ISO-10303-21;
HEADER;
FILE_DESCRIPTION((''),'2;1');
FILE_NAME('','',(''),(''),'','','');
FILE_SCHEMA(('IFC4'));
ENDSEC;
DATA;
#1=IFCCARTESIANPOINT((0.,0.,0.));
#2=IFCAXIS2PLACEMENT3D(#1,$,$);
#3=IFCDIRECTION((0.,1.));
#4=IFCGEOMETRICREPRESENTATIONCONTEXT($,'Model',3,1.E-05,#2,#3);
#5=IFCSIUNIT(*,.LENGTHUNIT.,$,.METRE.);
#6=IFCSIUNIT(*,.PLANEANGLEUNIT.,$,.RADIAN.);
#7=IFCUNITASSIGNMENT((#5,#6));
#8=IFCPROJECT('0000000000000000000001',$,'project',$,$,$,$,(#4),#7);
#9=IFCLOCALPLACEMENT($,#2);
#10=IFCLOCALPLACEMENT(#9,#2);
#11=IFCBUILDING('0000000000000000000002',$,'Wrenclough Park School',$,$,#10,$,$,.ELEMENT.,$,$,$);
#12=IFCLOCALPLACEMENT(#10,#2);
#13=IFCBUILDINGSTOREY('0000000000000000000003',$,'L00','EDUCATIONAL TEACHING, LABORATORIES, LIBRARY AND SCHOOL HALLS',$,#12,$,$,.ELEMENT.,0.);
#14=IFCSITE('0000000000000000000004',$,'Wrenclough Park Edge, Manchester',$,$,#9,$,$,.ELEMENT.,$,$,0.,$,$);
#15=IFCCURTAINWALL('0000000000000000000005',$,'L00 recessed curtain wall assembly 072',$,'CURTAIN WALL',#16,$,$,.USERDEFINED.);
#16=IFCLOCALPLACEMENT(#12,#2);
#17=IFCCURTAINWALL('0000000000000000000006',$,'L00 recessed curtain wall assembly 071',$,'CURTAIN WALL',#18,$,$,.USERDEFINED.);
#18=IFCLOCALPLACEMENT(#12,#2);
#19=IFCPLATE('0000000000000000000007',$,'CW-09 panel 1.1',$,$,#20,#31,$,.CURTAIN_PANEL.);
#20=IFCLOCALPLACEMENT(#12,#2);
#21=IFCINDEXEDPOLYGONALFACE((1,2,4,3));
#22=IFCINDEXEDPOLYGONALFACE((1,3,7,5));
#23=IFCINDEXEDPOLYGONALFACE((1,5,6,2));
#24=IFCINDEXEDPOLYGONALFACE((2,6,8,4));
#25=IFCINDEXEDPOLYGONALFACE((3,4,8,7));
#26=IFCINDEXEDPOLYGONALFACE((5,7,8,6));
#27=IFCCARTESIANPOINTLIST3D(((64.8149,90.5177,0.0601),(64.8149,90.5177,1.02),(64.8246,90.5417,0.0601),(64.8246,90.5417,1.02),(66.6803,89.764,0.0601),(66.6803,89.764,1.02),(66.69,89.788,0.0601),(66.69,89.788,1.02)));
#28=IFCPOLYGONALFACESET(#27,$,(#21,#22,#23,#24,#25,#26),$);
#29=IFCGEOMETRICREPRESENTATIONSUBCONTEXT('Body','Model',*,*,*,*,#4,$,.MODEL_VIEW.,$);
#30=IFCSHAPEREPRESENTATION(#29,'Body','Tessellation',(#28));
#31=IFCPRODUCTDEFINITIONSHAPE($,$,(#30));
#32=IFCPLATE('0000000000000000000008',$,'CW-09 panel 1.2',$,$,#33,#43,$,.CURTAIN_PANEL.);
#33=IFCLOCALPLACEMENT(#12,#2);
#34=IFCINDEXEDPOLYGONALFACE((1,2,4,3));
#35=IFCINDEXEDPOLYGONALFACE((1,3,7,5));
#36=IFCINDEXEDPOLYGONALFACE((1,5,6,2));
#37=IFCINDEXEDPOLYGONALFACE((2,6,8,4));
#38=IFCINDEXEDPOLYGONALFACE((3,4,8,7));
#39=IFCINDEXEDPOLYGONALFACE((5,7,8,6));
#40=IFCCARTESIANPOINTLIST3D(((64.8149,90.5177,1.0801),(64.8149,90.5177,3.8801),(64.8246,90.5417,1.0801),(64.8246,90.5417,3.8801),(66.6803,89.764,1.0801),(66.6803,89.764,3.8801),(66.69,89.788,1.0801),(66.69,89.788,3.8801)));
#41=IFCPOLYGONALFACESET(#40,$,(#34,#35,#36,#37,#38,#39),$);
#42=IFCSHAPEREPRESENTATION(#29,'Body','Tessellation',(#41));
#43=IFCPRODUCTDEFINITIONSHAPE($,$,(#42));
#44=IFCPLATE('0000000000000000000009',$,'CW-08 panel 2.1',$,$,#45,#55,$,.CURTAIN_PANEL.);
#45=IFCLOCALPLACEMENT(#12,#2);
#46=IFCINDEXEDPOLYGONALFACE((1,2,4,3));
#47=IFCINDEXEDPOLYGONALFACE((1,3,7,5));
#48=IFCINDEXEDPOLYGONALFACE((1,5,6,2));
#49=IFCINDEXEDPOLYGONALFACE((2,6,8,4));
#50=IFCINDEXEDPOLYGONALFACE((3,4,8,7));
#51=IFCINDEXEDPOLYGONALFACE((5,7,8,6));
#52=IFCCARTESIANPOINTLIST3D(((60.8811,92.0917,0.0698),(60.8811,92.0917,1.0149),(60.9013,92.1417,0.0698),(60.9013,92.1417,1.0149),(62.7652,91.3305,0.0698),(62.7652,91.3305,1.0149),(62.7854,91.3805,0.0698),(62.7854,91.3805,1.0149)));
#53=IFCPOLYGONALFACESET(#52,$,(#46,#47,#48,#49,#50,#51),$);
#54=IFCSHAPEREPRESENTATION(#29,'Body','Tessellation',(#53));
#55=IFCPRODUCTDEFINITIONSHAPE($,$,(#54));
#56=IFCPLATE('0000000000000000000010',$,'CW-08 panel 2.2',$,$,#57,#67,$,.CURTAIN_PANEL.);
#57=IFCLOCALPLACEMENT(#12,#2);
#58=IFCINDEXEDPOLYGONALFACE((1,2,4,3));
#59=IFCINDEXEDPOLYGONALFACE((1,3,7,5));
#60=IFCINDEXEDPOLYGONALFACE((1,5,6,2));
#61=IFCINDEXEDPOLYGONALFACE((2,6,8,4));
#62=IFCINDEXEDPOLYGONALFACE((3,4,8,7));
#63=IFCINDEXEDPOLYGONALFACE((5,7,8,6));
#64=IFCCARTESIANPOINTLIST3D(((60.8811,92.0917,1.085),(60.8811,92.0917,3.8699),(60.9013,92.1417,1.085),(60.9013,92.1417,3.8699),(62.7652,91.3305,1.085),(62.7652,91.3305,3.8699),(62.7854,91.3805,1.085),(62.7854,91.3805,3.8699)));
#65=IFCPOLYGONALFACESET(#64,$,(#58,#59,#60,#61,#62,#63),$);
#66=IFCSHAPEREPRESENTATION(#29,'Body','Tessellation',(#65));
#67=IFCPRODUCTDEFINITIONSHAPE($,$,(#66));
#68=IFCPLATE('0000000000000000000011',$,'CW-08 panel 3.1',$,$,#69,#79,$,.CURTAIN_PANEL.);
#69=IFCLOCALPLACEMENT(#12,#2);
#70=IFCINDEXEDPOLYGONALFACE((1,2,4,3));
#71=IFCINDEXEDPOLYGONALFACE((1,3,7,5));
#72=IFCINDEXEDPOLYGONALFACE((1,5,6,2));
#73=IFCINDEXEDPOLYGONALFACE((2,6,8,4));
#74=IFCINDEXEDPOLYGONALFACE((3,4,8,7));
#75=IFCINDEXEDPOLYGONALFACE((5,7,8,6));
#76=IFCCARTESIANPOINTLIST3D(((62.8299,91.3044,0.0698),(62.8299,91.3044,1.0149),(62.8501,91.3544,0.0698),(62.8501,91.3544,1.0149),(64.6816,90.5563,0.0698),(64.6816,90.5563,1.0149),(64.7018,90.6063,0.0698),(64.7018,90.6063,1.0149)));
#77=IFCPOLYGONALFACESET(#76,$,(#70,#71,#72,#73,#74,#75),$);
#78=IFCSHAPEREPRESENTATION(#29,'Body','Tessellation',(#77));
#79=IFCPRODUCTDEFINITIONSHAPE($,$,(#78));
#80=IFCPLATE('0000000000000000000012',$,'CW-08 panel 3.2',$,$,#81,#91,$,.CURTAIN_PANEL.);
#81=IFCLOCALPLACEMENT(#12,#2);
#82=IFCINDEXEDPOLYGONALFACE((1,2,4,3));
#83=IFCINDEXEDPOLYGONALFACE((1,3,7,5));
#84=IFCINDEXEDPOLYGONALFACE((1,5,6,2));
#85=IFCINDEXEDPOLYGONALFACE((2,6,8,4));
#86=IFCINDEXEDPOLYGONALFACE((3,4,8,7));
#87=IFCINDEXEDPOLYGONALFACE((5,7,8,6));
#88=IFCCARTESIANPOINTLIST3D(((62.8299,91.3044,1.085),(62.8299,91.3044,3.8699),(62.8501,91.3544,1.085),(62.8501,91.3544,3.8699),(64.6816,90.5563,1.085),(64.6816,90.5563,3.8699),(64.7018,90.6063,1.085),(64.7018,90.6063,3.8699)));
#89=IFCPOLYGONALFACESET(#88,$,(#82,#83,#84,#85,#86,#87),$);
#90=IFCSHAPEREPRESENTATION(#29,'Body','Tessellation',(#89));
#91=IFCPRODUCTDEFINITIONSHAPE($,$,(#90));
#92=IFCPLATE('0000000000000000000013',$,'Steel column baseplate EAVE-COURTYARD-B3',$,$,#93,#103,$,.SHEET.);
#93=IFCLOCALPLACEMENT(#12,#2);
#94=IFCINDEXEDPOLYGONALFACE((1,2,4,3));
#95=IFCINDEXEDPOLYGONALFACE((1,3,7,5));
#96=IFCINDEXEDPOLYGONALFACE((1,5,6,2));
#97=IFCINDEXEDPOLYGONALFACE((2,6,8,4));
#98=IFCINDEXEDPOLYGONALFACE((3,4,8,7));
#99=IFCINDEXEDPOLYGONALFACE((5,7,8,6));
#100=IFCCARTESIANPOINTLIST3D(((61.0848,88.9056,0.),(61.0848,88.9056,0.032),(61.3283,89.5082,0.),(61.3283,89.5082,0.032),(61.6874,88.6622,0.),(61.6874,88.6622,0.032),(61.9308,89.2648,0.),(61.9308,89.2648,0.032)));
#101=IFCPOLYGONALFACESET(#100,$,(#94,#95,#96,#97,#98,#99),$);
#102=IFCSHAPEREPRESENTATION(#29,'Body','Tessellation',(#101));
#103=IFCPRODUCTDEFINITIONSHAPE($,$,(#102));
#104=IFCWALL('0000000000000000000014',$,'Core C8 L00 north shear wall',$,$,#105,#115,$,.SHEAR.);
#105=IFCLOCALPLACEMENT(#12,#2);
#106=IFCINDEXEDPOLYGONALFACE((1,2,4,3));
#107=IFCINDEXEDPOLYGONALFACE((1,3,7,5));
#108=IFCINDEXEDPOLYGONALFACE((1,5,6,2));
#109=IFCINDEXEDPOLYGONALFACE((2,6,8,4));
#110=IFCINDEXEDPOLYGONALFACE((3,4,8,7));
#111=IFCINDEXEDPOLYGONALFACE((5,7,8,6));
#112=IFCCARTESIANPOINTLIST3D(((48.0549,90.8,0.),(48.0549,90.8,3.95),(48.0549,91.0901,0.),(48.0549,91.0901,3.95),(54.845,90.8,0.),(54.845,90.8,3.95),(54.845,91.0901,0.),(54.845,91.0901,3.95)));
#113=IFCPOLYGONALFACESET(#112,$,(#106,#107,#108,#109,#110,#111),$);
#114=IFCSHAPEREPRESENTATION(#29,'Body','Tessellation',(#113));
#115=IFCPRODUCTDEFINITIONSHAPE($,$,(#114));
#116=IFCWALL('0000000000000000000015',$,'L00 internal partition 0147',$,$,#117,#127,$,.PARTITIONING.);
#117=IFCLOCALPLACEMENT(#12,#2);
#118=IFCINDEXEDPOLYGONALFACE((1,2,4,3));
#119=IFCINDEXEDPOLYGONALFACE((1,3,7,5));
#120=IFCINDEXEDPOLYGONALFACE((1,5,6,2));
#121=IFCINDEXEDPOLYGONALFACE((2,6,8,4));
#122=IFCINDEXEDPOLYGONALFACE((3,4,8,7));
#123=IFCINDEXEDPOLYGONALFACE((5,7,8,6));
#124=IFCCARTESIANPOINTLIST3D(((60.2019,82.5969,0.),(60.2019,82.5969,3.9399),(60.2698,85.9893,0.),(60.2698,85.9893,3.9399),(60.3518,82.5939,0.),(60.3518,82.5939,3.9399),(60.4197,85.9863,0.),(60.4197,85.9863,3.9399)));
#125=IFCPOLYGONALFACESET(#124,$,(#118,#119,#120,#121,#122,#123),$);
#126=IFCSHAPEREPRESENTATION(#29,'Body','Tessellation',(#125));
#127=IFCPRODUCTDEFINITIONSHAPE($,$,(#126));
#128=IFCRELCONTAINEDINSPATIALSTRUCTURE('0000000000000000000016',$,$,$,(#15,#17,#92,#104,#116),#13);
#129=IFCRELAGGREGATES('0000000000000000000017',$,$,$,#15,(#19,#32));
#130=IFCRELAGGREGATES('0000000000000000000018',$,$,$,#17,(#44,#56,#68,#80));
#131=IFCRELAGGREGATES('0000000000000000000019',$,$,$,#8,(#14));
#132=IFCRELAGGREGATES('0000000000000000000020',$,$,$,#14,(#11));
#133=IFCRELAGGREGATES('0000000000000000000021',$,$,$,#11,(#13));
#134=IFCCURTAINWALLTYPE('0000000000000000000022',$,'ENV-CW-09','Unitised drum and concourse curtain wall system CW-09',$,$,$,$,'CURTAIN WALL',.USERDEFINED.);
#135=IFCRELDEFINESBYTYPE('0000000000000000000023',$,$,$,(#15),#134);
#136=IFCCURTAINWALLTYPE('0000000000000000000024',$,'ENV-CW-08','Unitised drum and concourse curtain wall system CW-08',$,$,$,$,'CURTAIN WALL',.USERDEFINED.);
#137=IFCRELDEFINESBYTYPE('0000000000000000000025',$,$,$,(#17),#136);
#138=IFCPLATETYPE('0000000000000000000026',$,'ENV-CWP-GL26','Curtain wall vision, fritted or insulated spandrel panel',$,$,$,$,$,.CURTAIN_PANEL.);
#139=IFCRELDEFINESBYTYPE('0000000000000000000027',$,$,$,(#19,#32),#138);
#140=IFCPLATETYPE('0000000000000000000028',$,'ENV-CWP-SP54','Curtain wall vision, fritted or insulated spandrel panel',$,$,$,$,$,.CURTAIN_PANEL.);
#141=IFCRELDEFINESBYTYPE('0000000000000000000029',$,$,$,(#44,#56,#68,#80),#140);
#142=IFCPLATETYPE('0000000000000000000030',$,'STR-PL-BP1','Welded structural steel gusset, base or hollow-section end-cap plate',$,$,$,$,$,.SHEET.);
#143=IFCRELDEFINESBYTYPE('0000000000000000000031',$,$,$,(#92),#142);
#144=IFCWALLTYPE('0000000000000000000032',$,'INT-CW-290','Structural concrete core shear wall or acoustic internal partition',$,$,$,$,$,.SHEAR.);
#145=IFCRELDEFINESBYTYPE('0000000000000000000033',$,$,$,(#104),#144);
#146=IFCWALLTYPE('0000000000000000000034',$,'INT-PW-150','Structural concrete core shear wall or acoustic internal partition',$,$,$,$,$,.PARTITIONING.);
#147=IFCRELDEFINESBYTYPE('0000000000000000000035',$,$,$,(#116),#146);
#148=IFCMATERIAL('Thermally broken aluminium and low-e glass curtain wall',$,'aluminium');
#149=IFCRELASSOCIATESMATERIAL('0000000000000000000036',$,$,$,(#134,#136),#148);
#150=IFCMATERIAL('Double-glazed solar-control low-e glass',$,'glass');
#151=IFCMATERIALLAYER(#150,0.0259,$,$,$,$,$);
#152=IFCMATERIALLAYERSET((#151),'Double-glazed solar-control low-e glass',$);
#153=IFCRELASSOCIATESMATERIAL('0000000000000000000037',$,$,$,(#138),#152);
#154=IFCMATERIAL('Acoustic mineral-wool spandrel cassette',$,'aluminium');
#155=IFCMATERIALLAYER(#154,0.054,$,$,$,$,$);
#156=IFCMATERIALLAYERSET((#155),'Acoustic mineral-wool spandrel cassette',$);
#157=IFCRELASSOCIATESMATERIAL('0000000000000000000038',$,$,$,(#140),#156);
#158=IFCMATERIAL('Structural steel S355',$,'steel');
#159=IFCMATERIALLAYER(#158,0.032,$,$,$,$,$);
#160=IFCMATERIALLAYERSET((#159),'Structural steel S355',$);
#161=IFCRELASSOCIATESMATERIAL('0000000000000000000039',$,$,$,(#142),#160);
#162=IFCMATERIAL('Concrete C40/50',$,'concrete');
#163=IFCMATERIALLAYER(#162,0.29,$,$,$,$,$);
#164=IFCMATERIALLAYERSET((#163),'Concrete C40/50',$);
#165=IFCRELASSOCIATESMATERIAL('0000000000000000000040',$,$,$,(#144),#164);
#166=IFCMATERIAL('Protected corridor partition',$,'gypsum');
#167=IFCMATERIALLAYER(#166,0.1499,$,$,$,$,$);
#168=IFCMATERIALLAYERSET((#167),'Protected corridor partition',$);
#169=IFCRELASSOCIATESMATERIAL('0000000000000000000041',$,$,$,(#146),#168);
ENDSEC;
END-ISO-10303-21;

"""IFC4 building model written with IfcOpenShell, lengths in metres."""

from ifc_helpers import new_model, si_unit, direction, frame, frame_2d, origin, origin_2d, place, context, subcontext, project, spatial, rectangle, extrude, material, layer, layer_set, type_object, element, aggregate, save


model = new_model("IFC4")

# Units and contexts
model_context = context("Model", 3, precision=1e-05, world=origin(), true_north=direction((0.0, 1.0)))
body_context = subcontext(model_context, "Body", "Model", "MODEL_VIEW")
ifc_project = project(units=[si_unit("LENGTHUNIT", "METRE"), si_unit("PLANEANGLEUNIT", "RADIAN")], contexts=[model_context])

# Site, building, storey
site_placement = place(None, origin())
site = spatial("IfcSite", under=ifc_project, at=site_placement, Name="Wrenclough Park Edge, Manchester", CompositionType="ELEMENT", RefElevation=0.0)
building_placement = place(site_placement, origin())
building = spatial("IfcBuilding", under=site, at=building_placement, Name="Wrenclough Park School", CompositionType="ELEMENT")
storey_placement = place(building_placement, origin())
storey = spatial("IfcBuildingStorey", under=building, at=storey_placement, Name="L00", Description="EDUCATIONAL TEACHING, LABORATORIES, LIBRARY AND SCHOOL HALLS", CompositionType="ELEMENT", Elevation=0.0)

# Shared definitions
ifc_material_1 = material(Name="Structural steel S355", Category="steel")

# Curtain wall
ifc_material_2 = material(Name="Thermally broken aluminium and low-e glass curtain wall", Category="aluminium")
curtain_wall_type_1 = type_object("IfcCurtainWallType", Name="ENV-CW-09", Description="Unitised drum and concourse curtain wall system CW-09", ElementType="CURTAIN WALL", PredefinedType="USERDEFINED", material=ifc_material_2)
curtain_wall_1_placement = place(storey_placement, origin())
curtain_wall_1 = element("IfcCurtainWall", 1, at=curtain_wall_1_placement, inside=storey, type_object=curtain_wall_type_1, Name="L00 recessed curtain wall assembly 072", ObjectType="CURTAIN WALL", PredefinedType="USERDEFINED")

# Curtain wall
curtain_wall_type_2 = type_object("IfcCurtainWallType", Name="ENV-CW-08", Description="Unitised drum and concourse curtain wall system CW-08", ElementType="CURTAIN WALL", PredefinedType="USERDEFINED", material=ifc_material_2)
curtain_wall_2_placement = place(storey_placement, origin())
curtain_wall_2 = element("IfcCurtainWall", 2, at=curtain_wall_2_placement, inside=storey, type_object=curtain_wall_type_2, Name="L00 recessed curtain wall assembly 071", ObjectType="CURTAIN WALL", PredefinedType="USERDEFINED")

# Plates
ifc_material_3 = material(Name="Double-glazed solar-control low-e glass", Category="glass")
ifc_layer_1 = layer(ifc_material_3, 0.0259)
ifc_layer_set_1 = layer_set([ifc_layer_1], Name="Double-glazed solar-control low-e glass")
plate_type_1 = type_object("IfcPlateType", Name="ENV-CWP-GL26", Description="Curtain wall vision, fritted or insulated spandrel panel", PredefinedType="CURTAIN_PANEL", material=ifc_layer_set_1)
plate_1_placement = place(storey_placement, frame((65.7524, 90.1528, 0.0601), z_axis=(0.0, 0.0, 1.0), x_axis=(0.927184, -0.374606, 0.0)))
plate_1 = element("IfcPlate", 3, at=plate_1_placement, type_object=plate_type_1, Name="CW-09 panel 1.1", PredefinedType="CURTAIN_PANEL", context=body_context, shape_type="SweptSolid", body=[
    extrude(rectangle(XDim=2.012, YDim=0.0259, at=origin_2d()), origin(), (0.0, 0.0, 1.0), 0.96),
])
plate_2_placement = place(storey_placement, frame((65.7524, 90.1528, 1.0801), z_axis=(0.0, 0.0, 1.0), x_axis=(0.927184, -0.374606, 0.0)))
plate_2 = element("IfcPlate", 4, at=plate_2_placement, type_object=plate_type_1, Name="CW-09 panel 1.2", PredefinedType="CURTAIN_PANEL", context=body_context, shape_type="SweptSolid", body=[
    extrude(rectangle(XDim=2.012, YDim=0.0259, at=origin_2d()), origin(), (0.0, 0.0, 1.0), 2.8),
])
aggregate(curtain_wall_1, [plate_1, plate_2])
ifc_material_4 = material(Name="Acoustic mineral-wool spandrel cassette", Category="aluminium")
ifc_layer_2 = layer(ifc_material_4, 0.054)
ifc_layer_set_2 = layer_set([ifc_layer_2], Name="Acoustic mineral-wool spandrel cassette")
plate_type_2 = type_object("IfcPlateType", Name="ENV-CWP-SP54", Description="Curtain wall vision, fritted or insulated spandrel panel", PredefinedType="CURTAIN_PANEL", material=ifc_layer_set_2)
plate_3_placement = place(storey_placement, frame((61.8333, 91.7361, 0.0698), z_axis=(0.0, 0.0, 1.0), x_axis=(0.927189, -0.374593, 0.0)))
plate_3 = element("IfcPlate", 5, at=plate_3_placement, type_object=plate_type_2, Name="CW-08 panel 2.1", PredefinedType="CURTAIN_PANEL", context=body_context, shape_type="SweptSolid", body=[
    extrude(rectangle(XDim=2.032, YDim=0.054, at=origin_2d()), origin(), (0.0, 0.0, 1.0), 0.9451),
])
plate_4_placement = place(storey_placement, frame((61.8333, 91.7361, 1.085), z_axis=(0.0, 0.0, 1.0), x_axis=(0.927189, -0.374593, 0.0)))
plate_4 = element("IfcPlate", 6, at=plate_4_placement, type_object=plate_type_2, Name="CW-08 panel 2.2", PredefinedType="CURTAIN_PANEL", context=body_context, shape_type="SweptSolid", body=[
    extrude(rectangle(XDim=2.032, YDim=0.054, at=origin_2d()), origin(), (0.0, 0.0, 1.0), 2.7849),
])
plate_5_placement = place(storey_placement, frame((63.7659, 90.9553, 0.0698), z_axis=(0.0, 0.0, 1.0), x_axis=(0.927189, -0.374593, 0.0)))
plate_5 = element("IfcPlate", 7, at=plate_5_placement, type_object=plate_type_2, Name="CW-08 panel 3.1", PredefinedType="CURTAIN_PANEL", context=body_context, shape_type="SweptSolid", body=[
    extrude(rectangle(XDim=1.9971, YDim=0.054, at=origin_2d()), origin(), (0.0, 0.0, 1.0), 0.9451),
])
plate_6_placement = place(storey_placement, frame((63.7659, 90.9553, 1.085), z_axis=(0.0, 0.0, 1.0), x_axis=(0.927189, -0.374593, 0.0)))
plate_6 = element("IfcPlate", 8, at=plate_6_placement, type_object=plate_type_2, Name="CW-08 panel 3.2", PredefinedType="CURTAIN_PANEL", context=body_context, shape_type="SweptSolid", body=[
    extrude(rectangle(XDim=1.9971, YDim=0.054, at=origin_2d()), origin(), (0.0, 0.0, 1.0), 2.7849),
])
aggregate(curtain_wall_2, [plate_3, plate_4, plate_5, plate_6])
ifc_layer_3 = layer(ifc_material_1, 0.032)
ifc_layer_set_3 = layer_set([ifc_layer_3], Name="Structural steel S355")
plate_type_3 = type_object("IfcPlateType", Name="STR-PL-BP1", Description="Welded structural steel gusset, base or hollow-section end-cap plate", PredefinedType="SHEET", material=ifc_layer_set_3)
plate_7_placement = place(storey_placement, frame((61.5078, 89.0852, 0.0), z_axis=(0.0, 0.0, 1.0), x_axis=(0.927184, -0.374607, 0.0)))
element("IfcPlate", 9, at=plate_7_placement, inside=storey, type_object=plate_type_3, Name="Steel column baseplate EAVE-COURTYARD-B3", PredefinedType="SHEET", context=body_context, shape_type="SweptSolid", body=[
    extrude(rectangle(XDim=0.6499, YDim=0.6499, at=origin_2d()), origin(), (0.0, 0.0, 1.0), 0.032),
])

# Walls
ifc_material_5 = material(Name="Concrete C40/50", Category="concrete")
ifc_layer_4 = layer(ifc_material_5, 0.29)
ifc_layer_set_4 = layer_set([ifc_layer_4], Name="Concrete C40/50")
wall_type_1 = type_object("IfcWallType", Name="INT-CW-290", Description="Structural concrete core shear wall or acoustic internal partition", PredefinedType="SHEAR", material=ifc_layer_set_4)
wall_1_placement = place(storey_placement, frame((54.845, 90.9451, 0.0), z_axis=(0.0, 0.0, 1.0), x_axis=(-1.0, 0.0, 0.0)))
element("IfcWall", 10, at=wall_1_placement, inside=storey, type_object=wall_type_1, Name="Core C8 L00 north shear wall", PredefinedType="SHEAR", context=body_context, shape_type="SweptSolid", body=[
    extrude(rectangle(XDim=6.79, YDim=0.29, at=frame_2d((3.395, 0.0))), origin(), (0.0, 0.0, 1.0), 3.95),
])
ifc_material_6 = material(Name="Protected corridor partition", Category="gypsum")
ifc_layer_5 = layer(ifc_material_6, 0.1499)
ifc_layer_set_5 = layer_set([ifc_layer_5], Name="Protected corridor partition")
wall_type_2 = type_object("IfcWallType", Name="INT-PW-150", Description="Structural concrete core shear wall or acoustic internal partition", PredefinedType="PARTITIONING", material=ifc_layer_set_5)
wall_2_placement = place(storey_placement, frame((60.3447, 85.9878, 0.0), z_axis=(0.0, 0.0, 1.0), x_axis=(-0.020003, -0.9998, 0.0)))
element("IfcWall", 11, at=wall_2_placement, inside=storey, type_object=wall_type_2, Name="L00 internal partition 0147", PredefinedType="PARTITIONING", context=body_context, shape_type="SweptSolid", body=[
    extrude(rectangle(XDim=3.3931, YDim=0.1499, at=frame_2d((1.6965, 0.0))), origin(), (0.0, 0.0, 1.0), 3.9399),
])

save(model, "model.ifc")
